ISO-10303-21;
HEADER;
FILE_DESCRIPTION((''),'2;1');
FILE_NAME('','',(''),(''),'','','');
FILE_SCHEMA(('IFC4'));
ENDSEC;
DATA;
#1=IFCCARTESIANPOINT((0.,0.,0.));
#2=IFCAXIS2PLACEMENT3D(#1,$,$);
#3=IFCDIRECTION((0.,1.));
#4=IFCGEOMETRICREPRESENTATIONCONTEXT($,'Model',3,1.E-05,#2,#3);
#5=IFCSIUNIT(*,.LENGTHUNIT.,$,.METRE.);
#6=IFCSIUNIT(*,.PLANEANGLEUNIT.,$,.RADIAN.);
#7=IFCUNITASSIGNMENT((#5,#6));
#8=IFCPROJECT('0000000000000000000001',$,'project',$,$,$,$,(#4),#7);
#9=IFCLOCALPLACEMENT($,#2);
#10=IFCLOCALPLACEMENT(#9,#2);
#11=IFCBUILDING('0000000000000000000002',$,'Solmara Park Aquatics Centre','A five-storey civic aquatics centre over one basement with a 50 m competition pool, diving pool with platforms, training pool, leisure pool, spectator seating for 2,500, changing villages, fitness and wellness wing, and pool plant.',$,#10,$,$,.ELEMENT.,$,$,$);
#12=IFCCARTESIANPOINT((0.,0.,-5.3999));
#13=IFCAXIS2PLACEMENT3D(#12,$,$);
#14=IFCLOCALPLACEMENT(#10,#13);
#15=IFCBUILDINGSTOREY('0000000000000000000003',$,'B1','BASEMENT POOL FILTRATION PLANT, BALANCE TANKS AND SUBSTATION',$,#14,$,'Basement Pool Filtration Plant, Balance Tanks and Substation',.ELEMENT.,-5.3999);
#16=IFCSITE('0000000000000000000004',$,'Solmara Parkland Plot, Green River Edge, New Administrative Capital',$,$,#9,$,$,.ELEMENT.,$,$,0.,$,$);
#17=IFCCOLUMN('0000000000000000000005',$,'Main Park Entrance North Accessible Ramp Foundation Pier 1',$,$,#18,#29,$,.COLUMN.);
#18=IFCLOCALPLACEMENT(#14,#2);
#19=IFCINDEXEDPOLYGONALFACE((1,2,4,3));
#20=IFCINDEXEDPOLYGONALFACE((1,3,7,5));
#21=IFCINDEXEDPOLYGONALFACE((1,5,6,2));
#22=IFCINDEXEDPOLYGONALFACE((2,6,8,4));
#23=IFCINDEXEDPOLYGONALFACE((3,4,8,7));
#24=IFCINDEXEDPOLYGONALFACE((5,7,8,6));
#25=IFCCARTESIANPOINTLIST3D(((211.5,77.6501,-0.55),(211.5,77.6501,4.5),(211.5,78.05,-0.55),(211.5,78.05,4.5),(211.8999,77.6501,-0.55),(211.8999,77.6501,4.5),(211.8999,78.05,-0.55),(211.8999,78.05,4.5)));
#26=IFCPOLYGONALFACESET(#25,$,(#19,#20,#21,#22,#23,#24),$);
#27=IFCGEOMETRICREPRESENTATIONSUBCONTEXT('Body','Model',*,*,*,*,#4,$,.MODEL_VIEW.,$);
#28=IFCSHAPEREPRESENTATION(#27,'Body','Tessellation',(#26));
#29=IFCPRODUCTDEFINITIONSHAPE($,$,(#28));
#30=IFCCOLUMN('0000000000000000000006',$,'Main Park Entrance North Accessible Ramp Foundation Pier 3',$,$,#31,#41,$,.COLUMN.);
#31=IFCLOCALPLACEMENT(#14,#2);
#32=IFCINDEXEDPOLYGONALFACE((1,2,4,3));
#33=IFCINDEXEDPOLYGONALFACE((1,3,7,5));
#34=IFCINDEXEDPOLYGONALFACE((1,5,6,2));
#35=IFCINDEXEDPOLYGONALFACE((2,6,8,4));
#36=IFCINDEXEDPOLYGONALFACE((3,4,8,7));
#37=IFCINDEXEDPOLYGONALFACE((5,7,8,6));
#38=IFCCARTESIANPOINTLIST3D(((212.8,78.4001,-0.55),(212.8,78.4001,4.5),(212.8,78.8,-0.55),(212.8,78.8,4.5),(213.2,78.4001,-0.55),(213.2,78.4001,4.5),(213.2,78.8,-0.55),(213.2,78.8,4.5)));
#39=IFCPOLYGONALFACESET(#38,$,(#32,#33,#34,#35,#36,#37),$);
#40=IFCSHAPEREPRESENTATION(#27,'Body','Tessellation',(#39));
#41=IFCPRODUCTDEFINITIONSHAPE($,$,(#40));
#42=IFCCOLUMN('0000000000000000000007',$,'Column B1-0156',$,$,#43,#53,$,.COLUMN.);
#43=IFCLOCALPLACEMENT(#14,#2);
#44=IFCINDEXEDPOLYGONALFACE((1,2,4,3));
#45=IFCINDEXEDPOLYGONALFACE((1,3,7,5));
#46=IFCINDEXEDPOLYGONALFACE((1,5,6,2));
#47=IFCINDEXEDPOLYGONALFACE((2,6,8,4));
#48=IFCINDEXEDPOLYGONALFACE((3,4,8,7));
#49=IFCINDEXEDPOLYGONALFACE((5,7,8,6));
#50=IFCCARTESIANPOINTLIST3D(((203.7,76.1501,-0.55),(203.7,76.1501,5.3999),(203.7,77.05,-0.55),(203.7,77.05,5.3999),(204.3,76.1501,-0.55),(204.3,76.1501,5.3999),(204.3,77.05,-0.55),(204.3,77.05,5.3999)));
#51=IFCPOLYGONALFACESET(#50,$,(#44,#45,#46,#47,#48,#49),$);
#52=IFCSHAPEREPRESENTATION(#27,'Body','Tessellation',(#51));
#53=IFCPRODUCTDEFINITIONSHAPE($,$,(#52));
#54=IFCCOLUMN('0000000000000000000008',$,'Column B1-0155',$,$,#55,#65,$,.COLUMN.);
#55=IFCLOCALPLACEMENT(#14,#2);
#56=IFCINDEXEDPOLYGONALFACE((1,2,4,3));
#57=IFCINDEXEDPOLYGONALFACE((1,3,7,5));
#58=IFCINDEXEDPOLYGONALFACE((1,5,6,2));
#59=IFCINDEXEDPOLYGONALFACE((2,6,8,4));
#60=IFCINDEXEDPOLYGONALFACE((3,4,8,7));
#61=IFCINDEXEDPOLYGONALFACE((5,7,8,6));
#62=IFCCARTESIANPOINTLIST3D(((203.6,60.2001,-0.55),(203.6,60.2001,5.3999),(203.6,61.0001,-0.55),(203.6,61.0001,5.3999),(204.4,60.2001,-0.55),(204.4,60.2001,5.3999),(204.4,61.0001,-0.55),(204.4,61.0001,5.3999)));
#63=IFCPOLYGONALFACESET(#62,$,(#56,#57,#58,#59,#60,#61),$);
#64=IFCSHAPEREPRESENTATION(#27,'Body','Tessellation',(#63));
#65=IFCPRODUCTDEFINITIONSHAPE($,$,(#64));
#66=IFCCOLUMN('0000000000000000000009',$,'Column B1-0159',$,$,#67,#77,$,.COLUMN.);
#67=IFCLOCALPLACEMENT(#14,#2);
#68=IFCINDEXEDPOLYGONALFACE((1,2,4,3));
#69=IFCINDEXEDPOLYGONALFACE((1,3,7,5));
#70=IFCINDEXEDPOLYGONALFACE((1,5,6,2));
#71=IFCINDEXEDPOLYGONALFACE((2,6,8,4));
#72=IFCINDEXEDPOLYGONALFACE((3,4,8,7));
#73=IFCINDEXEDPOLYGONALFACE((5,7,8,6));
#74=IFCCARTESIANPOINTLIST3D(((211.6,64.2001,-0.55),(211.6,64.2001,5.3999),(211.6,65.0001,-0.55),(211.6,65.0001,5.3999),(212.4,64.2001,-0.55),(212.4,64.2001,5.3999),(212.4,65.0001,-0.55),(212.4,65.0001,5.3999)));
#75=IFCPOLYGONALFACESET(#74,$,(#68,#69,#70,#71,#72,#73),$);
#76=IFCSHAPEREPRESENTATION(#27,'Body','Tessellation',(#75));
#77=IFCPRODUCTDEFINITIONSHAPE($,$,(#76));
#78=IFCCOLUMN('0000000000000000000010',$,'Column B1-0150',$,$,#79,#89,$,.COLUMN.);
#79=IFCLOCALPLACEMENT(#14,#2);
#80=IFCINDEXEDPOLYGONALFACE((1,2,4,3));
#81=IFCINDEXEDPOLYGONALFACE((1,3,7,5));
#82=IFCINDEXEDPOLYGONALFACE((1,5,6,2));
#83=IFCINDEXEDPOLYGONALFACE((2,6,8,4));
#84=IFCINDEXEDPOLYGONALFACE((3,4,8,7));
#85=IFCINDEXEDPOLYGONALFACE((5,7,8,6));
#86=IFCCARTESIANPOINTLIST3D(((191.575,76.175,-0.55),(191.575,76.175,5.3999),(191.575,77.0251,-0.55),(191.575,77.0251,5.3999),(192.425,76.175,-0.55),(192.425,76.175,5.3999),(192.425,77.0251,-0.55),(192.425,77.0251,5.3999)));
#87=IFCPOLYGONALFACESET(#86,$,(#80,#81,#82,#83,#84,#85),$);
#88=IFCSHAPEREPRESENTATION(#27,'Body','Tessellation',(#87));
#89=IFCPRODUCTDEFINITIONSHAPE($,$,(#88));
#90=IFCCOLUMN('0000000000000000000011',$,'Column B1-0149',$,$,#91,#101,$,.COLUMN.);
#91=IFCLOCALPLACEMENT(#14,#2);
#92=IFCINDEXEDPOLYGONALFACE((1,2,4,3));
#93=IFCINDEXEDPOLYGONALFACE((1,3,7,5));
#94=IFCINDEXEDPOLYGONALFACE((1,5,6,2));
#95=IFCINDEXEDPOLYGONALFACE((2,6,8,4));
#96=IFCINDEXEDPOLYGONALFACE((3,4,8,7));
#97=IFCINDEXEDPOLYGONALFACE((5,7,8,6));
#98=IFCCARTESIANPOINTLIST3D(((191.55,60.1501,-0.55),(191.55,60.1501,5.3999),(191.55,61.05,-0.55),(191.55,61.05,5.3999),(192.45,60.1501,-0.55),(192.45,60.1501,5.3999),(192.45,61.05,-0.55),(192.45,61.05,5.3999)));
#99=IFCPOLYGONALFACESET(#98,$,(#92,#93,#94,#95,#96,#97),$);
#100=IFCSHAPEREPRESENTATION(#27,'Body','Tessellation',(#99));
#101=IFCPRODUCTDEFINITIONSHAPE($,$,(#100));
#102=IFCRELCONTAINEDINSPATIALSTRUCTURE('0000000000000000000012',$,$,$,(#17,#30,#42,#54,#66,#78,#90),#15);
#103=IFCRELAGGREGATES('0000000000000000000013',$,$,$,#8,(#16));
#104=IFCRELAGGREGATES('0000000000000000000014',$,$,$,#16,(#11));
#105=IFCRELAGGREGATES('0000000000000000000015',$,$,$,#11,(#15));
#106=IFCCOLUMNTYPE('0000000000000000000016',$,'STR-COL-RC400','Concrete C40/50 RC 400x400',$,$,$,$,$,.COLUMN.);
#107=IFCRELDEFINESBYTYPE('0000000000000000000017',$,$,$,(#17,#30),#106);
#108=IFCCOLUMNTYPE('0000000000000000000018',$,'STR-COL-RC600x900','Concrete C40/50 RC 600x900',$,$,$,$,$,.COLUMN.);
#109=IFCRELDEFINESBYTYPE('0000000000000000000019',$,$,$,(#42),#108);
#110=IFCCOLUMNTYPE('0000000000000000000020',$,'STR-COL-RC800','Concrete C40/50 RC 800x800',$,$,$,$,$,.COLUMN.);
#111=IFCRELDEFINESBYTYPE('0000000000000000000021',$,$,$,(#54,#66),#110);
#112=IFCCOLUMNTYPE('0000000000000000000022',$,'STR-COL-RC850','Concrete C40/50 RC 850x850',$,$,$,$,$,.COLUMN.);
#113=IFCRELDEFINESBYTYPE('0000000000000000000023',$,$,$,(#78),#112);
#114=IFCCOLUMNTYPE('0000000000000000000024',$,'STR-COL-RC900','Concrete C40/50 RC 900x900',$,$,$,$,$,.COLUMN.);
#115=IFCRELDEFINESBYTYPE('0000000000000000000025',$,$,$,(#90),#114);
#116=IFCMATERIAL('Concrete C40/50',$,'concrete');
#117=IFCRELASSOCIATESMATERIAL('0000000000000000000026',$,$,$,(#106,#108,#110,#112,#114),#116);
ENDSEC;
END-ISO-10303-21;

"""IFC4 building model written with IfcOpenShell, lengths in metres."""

from ifc_helpers import new_model, si_unit, direction, frame, origin, origin_2d, place, context, subcontext, project, spatial, rectangle, extrude, material, material_profile, profile_set, type_object, element, save


model = new_model("IFC4")

# Units and contexts
model_context = context("Model", 3, precision=1e-05, world=origin(), true_north=direction((0.0, 1.0)))
body_context = subcontext(model_context, "Body", "Model", "MODEL_VIEW")
ifc_project = project(units=[si_unit("LENGTHUNIT", "METRE"), si_unit("PLANEANGLEUNIT", "RADIAN")], contexts=[model_context])

# Site, building, storey
site_placement = place(None, origin())
site = spatial("IfcSite", under=ifc_project, at=site_placement, Name="Solmara Parkland Plot, Green River Edge, New Administrative Capital", CompositionType="ELEMENT", RefElevation=0.0)
building_placement = place(site_placement, origin())
building = spatial("IfcBuilding", under=site, at=building_placement, Name="Solmara Park Aquatics Centre", Description="A five-storey civic aquatics centre over one basement with a 50 m competition pool, diving pool with platforms, training pool, leisure pool, spectator seating for 2,500, changing villages, fitness and wellness wing, and pool plant.", CompositionType="ELEMENT")
storey_placement = place(building_placement, frame((0.0, 0.0, -5.3999)))
storey = spatial("IfcBuildingStorey", under=building, at=storey_placement, Name="B1", Description="BASEMENT POOL FILTRATION PLANT, BALANCE TANKS AND SUBSTATION", LongName="Basement Pool Filtration Plant, Balance Tanks and Substation", CompositionType="ELEMENT", Elevation=-5.3999)

# Columns
ifc_material_1 = material(Name="Concrete C40/50", Category="concrete")
ifc_material_profile_1 = material_profile(ifc_material_1, rectangle(XDim=0.3999, YDim=0.3999, at=origin_2d()), Name="RC 400x400")
ifc_profile_set_1 = profile_set([ifc_material_profile_1], Name="Concrete C40/50")
column_type_1 = type_object("IfcColumnType", Name="STR-COL-RC400", Description="Concrete C40/50 RC 400x400", PredefinedType="COLUMN", material=ifc_profile_set_1)
for number, where, z_axis, x_axis, name in (
    (1, (211.7, 77.8501, -0.55), (0.0, 0.0, 1.0), (1.0, 0.0, 0.0), "Main Park Entrance North Accessible Ramp Foundation Pier 1"),
    (2, (213.0, 78.6001, -0.55), (0.0, 0.0, 1.0), (1.0, 0.0, 0.0), "Main Park Entrance North Accessible Ramp Foundation Pier 3"),
):
    element("IfcColumn", number, at=place(storey_placement, frame(where, z_axis=z_axis, x_axis=x_axis)), inside=storey, type_object=column_type_1, Name=name, PredefinedType="COLUMN", context=body_context, shape_type="SweptSolid", body=[
        extrude(rectangle(XDim=0.3999, YDim=0.3999, at=origin_2d()), origin(), (0.0, 0.0, 1.0), 5.05),
    ])
ifc_material_profile_2 = material_profile(ifc_material_1, rectangle(XDim=0.6001, YDim=0.8999, at=origin_2d()), Name="RC 600x900")
ifc_profile_set_2 = profile_set([ifc_material_profile_2], Name="Concrete C40/50")
column_type_2 = type_object("IfcColumnType", Name="STR-COL-RC600x900", Description="Concrete C40/50 RC 600x900", PredefinedType="COLUMN", material=ifc_profile_set_2)
column_1_placement = place(storey_placement, frame((204.0, 76.6001, -0.55), z_axis=(0.0, 0.0, 1.0), x_axis=(1.0, 0.0, 0.0)))
element("IfcColumn", 3, at=column_1_placement, inside=storey, type_object=column_type_2, Name="Column B1-0156", PredefinedType="COLUMN", context=body_context, shape_type="SweptSolid", body=[
    extrude(rectangle(XDim=0.6001, YDim=0.8999, at=origin_2d()), origin(), (0.0, 0.0, 1.0), 5.95),
])
ifc_material_profile_3 = material_profile(ifc_material_1, rectangle(XDim=0.8, YDim=0.8, at=origin_2d()), Name="RC 800x800")
ifc_profile_set_3 = profile_set([ifc_material_profile_3], Name="Concrete C40/50")
column_type_3 = type_object("IfcColumnType", Name="STR-COL-RC800", Description="Concrete C40/50 RC 800x800", PredefinedType="COLUMN", material=ifc_profile_set_3)
for number, where, z_axis, x_axis, name in (
    (4, (204.0, 60.6001, -0.55), (0.0, 0.0, 1.0), (1.0, 0.0, 0.0), "Column B1-0155"),
    (5, (212.0, 64.6001, -0.55), (0.0, 0.0, 1.0), (1.0, 0.0, 0.0), "Column B1-0159"),
):
    element("IfcColumn", number, at=place(storey_placement, frame(where, z_axis=z_axis, x_axis=x_axis)), inside=storey, type_object=column_type_3, Name=name, PredefinedType="COLUMN", context=body_context, shape_type="SweptSolid", body=[
        extrude(rectangle(XDim=0.8, YDim=0.8, at=origin_2d()), origin(), (0.0, 0.0, 1.0), 5.95),
    ])
ifc_material_profile_4 = material_profile(ifc_material_1, rectangle(XDim=0.8501, YDim=0.8501, at=origin_2d()), Name="RC 850x850")
ifc_profile_set_4 = profile_set([ifc_material_profile_4], Name="Concrete C40/50")
column_type_4 = type_object("IfcColumnType", Name="STR-COL-RC850", Description="Concrete C40/50 RC 850x850", PredefinedType="COLUMN", material=ifc_profile_set_4)
column_2_placement = place(storey_placement, frame((192.0, 76.6001, -0.55), z_axis=(0.0, 0.0, 1.0), x_axis=(1.0, 0.0, 0.0)))
element("IfcColumn", 6, at=column_2_placement, inside=storey, type_object=column_type_4, Name="Column B1-0150", PredefinedType="COLUMN", context=body_context, shape_type="SweptSolid", body=[
    extrude(rectangle(XDim=0.8501, YDim=0.8501, at=origin_2d()), origin(), (0.0, 0.0, 1.0), 5.95),
])
ifc_material_profile_5 = material_profile(ifc_material_1, rectangle(XDim=0.8999, YDim=0.8999, at=origin_2d()), Name="RC 900x900")
ifc_profile_set_5 = profile_set([ifc_material_profile_5], Name="Concrete C40/50")
column_type_5 = type_object("IfcColumnType", Name="STR-COL-RC900", Description="Concrete C40/50 RC 900x900", PredefinedType="COLUMN", material=ifc_profile_set_5)
column_3_placement = place(storey_placement, frame((192.0, 60.6001, -0.55), z_axis=(0.0, 0.0, 1.0), x_axis=(1.0, 0.0, 0.0)))
element("IfcColumn", 7, at=column_3_placement, inside=storey, type_object=column_type_5, Name="Column B1-0149", PredefinedType="COLUMN", context=body_context, shape_type="SweptSolid", body=[
    extrude(rectangle(XDim=0.8999, YDim=0.8999, at=origin_2d()), origin(), (0.0, 0.0, 1.0), 5.95),
])

save(model, "model.ifc")
